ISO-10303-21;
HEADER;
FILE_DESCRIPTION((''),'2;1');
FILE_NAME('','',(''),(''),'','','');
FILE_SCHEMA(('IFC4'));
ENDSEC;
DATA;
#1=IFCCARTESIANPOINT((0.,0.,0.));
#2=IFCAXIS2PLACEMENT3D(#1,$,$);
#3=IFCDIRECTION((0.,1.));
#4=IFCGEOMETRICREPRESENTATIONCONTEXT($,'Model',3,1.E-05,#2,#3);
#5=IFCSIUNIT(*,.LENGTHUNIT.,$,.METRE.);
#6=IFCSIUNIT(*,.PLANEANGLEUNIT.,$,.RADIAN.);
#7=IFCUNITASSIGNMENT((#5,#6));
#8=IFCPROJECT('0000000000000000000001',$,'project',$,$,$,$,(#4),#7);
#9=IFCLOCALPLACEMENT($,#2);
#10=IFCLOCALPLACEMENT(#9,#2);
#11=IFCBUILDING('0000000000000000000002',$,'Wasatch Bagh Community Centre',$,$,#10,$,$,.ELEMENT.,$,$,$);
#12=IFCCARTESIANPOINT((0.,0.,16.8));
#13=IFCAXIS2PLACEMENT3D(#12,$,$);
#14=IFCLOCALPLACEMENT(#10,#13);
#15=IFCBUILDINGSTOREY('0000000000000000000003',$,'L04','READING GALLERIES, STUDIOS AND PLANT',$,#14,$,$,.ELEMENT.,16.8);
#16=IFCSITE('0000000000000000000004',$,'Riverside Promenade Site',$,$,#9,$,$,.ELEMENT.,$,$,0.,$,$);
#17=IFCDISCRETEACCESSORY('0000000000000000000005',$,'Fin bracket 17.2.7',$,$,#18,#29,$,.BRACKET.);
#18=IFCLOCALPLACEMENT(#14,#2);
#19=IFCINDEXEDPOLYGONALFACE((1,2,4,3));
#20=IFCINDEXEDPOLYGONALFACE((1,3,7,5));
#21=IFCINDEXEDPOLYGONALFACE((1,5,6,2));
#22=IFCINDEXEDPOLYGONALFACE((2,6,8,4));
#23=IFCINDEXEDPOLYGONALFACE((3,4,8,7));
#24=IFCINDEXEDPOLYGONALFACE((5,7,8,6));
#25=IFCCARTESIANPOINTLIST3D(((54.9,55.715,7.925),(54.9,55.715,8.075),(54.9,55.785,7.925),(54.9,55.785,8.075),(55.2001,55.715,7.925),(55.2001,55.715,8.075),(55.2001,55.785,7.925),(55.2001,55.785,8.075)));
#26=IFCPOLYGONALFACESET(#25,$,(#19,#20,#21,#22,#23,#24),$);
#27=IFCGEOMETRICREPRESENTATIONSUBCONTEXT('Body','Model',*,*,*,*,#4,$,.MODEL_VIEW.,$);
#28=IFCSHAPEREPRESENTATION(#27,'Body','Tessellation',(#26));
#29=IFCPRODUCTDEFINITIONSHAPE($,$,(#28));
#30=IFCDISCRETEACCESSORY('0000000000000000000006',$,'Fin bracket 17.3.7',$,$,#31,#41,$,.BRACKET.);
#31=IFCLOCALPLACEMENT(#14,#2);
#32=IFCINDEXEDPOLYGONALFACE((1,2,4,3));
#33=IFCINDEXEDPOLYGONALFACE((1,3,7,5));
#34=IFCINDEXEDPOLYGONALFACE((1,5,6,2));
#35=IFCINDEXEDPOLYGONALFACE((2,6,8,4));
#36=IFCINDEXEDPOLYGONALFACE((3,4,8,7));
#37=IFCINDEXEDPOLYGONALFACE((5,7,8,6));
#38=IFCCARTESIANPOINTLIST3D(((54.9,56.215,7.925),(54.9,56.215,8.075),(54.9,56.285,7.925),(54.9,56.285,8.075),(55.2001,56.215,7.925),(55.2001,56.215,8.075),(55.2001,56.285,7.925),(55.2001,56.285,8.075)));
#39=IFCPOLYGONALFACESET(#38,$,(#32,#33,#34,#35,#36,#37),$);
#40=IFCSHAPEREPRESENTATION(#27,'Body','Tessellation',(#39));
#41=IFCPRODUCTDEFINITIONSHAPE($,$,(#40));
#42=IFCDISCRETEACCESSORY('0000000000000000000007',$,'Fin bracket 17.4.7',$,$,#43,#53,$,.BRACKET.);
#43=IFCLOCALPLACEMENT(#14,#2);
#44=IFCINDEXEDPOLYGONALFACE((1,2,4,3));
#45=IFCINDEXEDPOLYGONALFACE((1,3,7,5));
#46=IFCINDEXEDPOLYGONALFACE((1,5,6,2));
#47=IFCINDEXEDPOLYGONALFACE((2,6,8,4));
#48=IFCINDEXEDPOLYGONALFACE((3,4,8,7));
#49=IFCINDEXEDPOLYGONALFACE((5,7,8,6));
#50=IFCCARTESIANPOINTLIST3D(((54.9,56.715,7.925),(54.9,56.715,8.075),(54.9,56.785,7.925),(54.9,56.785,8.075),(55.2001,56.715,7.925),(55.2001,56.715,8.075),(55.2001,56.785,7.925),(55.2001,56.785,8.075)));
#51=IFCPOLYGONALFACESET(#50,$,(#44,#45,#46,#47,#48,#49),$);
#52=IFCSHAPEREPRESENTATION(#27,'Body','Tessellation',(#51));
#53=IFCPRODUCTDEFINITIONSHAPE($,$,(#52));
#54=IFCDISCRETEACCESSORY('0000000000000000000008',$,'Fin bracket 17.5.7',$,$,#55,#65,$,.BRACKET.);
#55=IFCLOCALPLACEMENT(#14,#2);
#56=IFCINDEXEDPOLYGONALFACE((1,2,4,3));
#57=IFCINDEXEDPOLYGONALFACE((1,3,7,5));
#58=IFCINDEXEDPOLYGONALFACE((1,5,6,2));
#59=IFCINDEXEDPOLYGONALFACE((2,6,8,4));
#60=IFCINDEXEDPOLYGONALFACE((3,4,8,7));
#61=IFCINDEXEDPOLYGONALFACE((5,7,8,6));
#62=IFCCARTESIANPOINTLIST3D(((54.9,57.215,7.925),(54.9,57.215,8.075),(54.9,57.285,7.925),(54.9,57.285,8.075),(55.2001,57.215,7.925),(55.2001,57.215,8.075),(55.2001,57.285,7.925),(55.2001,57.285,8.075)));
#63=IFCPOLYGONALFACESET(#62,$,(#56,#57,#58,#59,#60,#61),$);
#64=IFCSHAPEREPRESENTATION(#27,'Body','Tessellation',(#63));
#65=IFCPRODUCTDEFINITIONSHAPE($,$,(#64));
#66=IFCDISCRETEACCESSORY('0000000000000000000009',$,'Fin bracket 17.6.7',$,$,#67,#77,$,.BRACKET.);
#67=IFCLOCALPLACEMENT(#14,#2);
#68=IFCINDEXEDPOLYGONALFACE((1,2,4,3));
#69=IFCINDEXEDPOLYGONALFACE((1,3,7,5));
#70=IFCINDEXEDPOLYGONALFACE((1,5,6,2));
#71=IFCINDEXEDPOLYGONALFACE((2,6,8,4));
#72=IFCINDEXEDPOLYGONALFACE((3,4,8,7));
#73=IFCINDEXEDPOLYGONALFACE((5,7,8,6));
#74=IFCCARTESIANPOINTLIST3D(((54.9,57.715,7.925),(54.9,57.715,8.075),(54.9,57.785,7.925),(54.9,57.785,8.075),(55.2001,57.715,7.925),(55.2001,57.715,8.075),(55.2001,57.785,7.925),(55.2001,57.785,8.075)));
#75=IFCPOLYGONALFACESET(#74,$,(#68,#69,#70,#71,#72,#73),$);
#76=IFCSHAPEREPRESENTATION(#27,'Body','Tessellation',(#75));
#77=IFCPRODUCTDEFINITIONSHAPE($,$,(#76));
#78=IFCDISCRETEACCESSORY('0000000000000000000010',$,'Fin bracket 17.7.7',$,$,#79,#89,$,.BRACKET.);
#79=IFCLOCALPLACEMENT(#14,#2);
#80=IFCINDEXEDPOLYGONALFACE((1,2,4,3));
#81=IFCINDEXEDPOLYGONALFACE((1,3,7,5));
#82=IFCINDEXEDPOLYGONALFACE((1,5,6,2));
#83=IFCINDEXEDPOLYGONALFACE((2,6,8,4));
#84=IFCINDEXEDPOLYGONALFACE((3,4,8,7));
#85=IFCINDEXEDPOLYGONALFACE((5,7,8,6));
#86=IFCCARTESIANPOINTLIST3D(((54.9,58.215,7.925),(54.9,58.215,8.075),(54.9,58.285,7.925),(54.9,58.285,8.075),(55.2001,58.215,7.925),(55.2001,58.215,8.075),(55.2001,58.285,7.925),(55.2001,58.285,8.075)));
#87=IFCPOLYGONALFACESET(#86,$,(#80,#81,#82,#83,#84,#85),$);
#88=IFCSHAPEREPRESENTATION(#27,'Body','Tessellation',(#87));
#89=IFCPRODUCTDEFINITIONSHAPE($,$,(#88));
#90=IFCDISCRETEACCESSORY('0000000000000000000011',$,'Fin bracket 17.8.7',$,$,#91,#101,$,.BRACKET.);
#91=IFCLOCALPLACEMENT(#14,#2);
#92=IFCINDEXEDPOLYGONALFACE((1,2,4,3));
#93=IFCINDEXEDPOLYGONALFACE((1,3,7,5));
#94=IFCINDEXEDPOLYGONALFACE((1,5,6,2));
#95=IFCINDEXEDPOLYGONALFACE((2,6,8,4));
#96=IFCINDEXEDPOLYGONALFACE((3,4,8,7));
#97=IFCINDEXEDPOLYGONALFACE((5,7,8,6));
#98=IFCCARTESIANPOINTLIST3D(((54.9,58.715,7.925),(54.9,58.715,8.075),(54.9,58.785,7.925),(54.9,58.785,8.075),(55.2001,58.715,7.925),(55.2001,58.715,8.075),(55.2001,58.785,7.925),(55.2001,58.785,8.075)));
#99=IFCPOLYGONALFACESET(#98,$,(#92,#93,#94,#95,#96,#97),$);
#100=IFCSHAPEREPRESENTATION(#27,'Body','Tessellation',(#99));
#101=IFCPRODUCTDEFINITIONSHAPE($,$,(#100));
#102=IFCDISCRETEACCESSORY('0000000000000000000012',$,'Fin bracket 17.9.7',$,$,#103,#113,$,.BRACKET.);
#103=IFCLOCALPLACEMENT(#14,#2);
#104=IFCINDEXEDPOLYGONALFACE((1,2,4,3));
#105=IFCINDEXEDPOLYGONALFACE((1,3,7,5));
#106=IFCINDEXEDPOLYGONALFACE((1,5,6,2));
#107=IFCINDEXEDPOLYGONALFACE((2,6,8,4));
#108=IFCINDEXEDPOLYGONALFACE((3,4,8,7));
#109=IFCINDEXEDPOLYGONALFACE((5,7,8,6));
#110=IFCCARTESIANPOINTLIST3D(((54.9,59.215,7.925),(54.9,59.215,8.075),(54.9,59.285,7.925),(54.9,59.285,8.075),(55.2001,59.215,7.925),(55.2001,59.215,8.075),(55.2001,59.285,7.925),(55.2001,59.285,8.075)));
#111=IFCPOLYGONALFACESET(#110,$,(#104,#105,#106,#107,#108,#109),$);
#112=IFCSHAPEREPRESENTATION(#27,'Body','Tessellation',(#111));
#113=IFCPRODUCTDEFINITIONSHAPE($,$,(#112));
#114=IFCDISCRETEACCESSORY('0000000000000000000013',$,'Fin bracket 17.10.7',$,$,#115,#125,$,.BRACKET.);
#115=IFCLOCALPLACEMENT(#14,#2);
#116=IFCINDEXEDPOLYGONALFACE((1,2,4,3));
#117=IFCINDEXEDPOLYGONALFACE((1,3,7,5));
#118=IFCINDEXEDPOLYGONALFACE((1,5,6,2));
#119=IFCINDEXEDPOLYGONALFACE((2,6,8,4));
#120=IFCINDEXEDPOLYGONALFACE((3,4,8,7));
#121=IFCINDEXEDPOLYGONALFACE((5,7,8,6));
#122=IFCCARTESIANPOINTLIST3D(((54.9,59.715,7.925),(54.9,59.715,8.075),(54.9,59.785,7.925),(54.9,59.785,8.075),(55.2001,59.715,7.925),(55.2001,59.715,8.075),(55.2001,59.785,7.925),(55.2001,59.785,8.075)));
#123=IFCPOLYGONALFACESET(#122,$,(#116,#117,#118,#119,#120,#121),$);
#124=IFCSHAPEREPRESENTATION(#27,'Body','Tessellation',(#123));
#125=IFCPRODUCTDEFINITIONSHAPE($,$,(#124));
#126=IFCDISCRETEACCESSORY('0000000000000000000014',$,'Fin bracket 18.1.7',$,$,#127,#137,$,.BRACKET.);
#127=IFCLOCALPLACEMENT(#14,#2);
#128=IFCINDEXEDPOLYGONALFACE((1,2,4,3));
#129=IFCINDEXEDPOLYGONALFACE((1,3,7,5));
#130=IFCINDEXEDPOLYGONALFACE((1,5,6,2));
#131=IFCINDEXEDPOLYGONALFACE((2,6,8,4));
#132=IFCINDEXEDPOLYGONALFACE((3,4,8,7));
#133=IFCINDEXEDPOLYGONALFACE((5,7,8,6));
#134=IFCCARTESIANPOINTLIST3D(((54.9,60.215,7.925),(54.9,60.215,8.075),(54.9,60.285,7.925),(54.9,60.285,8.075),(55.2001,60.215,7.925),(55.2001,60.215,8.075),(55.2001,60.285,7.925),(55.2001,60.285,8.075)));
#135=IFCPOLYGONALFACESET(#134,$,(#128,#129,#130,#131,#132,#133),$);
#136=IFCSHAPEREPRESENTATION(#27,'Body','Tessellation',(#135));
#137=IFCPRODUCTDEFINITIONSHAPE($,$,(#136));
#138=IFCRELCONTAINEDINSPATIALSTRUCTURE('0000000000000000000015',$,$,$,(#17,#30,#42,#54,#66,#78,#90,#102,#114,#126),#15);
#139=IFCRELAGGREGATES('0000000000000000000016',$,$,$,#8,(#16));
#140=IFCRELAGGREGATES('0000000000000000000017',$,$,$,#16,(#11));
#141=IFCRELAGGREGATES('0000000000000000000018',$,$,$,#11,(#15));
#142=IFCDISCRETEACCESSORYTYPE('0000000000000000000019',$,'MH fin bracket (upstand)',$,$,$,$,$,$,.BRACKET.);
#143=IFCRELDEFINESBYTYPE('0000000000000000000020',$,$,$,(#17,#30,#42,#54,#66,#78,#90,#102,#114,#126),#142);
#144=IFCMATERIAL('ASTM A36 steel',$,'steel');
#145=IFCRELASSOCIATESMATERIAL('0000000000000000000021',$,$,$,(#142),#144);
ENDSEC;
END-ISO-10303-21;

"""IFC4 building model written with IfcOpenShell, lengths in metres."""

from ifc_helpers import new_model, si_unit, direction, frame, origin, origin_2d, place, context, subcontext, project, spatial, rectangle, extrude, material, type_object, element, save


model = new_model("IFC4")

# Units and contexts
model_context = context("Model", 3, precision=1e-05, world=origin(), true_north=direction((0.0, 1.0)))
body_context = subcontext(model_context, "Body", "Model", "MODEL_VIEW")
ifc_project = project(units=[si_unit("LENGTHUNIT", "METRE"), si_unit("PLANEANGLEUNIT", "RADIAN")], contexts=[model_context])

# Site, building, storey
site_placement = place(None, origin())
site = spatial("IfcSite", under=ifc_project, at=site_placement, Name="Riverside Promenade Site", CompositionType="ELEMENT", RefElevation=0.0)
building_placement = place(site_placement, origin())
building = spatial("IfcBuilding", under=site, at=building_placement, Name="Wasatch Bagh Community Centre", CompositionType="ELEMENT")
storey_placement = place(building_placement, frame((0.0, 0.0, 16.8)))
storey = spatial("IfcBuildingStorey", under=building, at=storey_placement, Name="L04", Description="READING GALLERIES, STUDIOS AND PLANT", CompositionType="ELEMENT", Elevation=16.8)

# Shared definitions
ifc_material_1 = material(Name="ASTM A36 steel", Category="steel")

# Discrete accessories
discrete_accessory_type_1 = type_object("IfcDiscreteAccessoryType", Name="MH fin bracket (upstand)", PredefinedType="BRACKET", material=ifc_material_1)
for number, where, z_axis, x_axis, name in (
    (1, (55.05, 55.75, 7.925), (0.0, 0.0, 1.0), (0.0, 1.0, 0.0), "Fin bracket 17.2.7"),
    (2, (55.05, 56.25, 7.925), (0.0, 0.0, 1.0), (0.0, 1.0, 0.0), "Fin bracket 17.3.7"),
    (3, (55.05, 56.75, 7.925), (0.0, 0.0, 1.0), (0.0, 1.0, 0.0), "Fin bracket 17.4.7"),
    (4, (55.05, 57.25, 7.925), (0.0, 0.0, 1.0), (0.0, 1.0, 0.0), "Fin bracket 17.5.7"),
    (5, (55.05, 57.75, 7.925), (0.0, 0.0, 1.0), (0.0, 1.0, 0.0), "Fin bracket 17.6.7"),
    (6, (55.05, 58.25, 7.925), (0.0, 0.0, 1.0), (0.0, 1.0, 0.0), "Fin bracket 17.7.7"),
    (7, (55.05, 58.75, 7.925), (0.0, 0.0, 1.0), (0.0, 1.0, 0.0), "Fin bracket 17.8.7"),
    (8, (55.05, 59.25, 7.925), (0.0, 0.0, 1.0), (0.0, 1.0, 0.0), "Fin bracket 17.9.7"),
    (9, (55.05, 59.75, 7.925), (0.0, 0.0, 1.0), (0.0, 1.0, 0.0), "Fin bracket 17.10.7"),
    (10, (55.05, 60.25, 7.925), (0.0, 0.0, 1.0), (0.0, 1.0, 0.0), "Fin bracket 18.1.7"),
):
    element("IfcDiscreteAccessory", number, at=place(storey_placement, frame(where, z_axis=z_axis, x_axis=x_axis)), inside=storey, type_object=discrete_accessory_type_1, Name=name, PredefinedType="BRACKET", context=body_context, shape_type="SweptSolid", body=[
        extrude(rectangle(XDim=0.0701, YDim=0.3, at=origin_2d()), origin(), (0.0, 0.0, 1.0), 0.1499),
    ])

save(model, "model.ifc")
